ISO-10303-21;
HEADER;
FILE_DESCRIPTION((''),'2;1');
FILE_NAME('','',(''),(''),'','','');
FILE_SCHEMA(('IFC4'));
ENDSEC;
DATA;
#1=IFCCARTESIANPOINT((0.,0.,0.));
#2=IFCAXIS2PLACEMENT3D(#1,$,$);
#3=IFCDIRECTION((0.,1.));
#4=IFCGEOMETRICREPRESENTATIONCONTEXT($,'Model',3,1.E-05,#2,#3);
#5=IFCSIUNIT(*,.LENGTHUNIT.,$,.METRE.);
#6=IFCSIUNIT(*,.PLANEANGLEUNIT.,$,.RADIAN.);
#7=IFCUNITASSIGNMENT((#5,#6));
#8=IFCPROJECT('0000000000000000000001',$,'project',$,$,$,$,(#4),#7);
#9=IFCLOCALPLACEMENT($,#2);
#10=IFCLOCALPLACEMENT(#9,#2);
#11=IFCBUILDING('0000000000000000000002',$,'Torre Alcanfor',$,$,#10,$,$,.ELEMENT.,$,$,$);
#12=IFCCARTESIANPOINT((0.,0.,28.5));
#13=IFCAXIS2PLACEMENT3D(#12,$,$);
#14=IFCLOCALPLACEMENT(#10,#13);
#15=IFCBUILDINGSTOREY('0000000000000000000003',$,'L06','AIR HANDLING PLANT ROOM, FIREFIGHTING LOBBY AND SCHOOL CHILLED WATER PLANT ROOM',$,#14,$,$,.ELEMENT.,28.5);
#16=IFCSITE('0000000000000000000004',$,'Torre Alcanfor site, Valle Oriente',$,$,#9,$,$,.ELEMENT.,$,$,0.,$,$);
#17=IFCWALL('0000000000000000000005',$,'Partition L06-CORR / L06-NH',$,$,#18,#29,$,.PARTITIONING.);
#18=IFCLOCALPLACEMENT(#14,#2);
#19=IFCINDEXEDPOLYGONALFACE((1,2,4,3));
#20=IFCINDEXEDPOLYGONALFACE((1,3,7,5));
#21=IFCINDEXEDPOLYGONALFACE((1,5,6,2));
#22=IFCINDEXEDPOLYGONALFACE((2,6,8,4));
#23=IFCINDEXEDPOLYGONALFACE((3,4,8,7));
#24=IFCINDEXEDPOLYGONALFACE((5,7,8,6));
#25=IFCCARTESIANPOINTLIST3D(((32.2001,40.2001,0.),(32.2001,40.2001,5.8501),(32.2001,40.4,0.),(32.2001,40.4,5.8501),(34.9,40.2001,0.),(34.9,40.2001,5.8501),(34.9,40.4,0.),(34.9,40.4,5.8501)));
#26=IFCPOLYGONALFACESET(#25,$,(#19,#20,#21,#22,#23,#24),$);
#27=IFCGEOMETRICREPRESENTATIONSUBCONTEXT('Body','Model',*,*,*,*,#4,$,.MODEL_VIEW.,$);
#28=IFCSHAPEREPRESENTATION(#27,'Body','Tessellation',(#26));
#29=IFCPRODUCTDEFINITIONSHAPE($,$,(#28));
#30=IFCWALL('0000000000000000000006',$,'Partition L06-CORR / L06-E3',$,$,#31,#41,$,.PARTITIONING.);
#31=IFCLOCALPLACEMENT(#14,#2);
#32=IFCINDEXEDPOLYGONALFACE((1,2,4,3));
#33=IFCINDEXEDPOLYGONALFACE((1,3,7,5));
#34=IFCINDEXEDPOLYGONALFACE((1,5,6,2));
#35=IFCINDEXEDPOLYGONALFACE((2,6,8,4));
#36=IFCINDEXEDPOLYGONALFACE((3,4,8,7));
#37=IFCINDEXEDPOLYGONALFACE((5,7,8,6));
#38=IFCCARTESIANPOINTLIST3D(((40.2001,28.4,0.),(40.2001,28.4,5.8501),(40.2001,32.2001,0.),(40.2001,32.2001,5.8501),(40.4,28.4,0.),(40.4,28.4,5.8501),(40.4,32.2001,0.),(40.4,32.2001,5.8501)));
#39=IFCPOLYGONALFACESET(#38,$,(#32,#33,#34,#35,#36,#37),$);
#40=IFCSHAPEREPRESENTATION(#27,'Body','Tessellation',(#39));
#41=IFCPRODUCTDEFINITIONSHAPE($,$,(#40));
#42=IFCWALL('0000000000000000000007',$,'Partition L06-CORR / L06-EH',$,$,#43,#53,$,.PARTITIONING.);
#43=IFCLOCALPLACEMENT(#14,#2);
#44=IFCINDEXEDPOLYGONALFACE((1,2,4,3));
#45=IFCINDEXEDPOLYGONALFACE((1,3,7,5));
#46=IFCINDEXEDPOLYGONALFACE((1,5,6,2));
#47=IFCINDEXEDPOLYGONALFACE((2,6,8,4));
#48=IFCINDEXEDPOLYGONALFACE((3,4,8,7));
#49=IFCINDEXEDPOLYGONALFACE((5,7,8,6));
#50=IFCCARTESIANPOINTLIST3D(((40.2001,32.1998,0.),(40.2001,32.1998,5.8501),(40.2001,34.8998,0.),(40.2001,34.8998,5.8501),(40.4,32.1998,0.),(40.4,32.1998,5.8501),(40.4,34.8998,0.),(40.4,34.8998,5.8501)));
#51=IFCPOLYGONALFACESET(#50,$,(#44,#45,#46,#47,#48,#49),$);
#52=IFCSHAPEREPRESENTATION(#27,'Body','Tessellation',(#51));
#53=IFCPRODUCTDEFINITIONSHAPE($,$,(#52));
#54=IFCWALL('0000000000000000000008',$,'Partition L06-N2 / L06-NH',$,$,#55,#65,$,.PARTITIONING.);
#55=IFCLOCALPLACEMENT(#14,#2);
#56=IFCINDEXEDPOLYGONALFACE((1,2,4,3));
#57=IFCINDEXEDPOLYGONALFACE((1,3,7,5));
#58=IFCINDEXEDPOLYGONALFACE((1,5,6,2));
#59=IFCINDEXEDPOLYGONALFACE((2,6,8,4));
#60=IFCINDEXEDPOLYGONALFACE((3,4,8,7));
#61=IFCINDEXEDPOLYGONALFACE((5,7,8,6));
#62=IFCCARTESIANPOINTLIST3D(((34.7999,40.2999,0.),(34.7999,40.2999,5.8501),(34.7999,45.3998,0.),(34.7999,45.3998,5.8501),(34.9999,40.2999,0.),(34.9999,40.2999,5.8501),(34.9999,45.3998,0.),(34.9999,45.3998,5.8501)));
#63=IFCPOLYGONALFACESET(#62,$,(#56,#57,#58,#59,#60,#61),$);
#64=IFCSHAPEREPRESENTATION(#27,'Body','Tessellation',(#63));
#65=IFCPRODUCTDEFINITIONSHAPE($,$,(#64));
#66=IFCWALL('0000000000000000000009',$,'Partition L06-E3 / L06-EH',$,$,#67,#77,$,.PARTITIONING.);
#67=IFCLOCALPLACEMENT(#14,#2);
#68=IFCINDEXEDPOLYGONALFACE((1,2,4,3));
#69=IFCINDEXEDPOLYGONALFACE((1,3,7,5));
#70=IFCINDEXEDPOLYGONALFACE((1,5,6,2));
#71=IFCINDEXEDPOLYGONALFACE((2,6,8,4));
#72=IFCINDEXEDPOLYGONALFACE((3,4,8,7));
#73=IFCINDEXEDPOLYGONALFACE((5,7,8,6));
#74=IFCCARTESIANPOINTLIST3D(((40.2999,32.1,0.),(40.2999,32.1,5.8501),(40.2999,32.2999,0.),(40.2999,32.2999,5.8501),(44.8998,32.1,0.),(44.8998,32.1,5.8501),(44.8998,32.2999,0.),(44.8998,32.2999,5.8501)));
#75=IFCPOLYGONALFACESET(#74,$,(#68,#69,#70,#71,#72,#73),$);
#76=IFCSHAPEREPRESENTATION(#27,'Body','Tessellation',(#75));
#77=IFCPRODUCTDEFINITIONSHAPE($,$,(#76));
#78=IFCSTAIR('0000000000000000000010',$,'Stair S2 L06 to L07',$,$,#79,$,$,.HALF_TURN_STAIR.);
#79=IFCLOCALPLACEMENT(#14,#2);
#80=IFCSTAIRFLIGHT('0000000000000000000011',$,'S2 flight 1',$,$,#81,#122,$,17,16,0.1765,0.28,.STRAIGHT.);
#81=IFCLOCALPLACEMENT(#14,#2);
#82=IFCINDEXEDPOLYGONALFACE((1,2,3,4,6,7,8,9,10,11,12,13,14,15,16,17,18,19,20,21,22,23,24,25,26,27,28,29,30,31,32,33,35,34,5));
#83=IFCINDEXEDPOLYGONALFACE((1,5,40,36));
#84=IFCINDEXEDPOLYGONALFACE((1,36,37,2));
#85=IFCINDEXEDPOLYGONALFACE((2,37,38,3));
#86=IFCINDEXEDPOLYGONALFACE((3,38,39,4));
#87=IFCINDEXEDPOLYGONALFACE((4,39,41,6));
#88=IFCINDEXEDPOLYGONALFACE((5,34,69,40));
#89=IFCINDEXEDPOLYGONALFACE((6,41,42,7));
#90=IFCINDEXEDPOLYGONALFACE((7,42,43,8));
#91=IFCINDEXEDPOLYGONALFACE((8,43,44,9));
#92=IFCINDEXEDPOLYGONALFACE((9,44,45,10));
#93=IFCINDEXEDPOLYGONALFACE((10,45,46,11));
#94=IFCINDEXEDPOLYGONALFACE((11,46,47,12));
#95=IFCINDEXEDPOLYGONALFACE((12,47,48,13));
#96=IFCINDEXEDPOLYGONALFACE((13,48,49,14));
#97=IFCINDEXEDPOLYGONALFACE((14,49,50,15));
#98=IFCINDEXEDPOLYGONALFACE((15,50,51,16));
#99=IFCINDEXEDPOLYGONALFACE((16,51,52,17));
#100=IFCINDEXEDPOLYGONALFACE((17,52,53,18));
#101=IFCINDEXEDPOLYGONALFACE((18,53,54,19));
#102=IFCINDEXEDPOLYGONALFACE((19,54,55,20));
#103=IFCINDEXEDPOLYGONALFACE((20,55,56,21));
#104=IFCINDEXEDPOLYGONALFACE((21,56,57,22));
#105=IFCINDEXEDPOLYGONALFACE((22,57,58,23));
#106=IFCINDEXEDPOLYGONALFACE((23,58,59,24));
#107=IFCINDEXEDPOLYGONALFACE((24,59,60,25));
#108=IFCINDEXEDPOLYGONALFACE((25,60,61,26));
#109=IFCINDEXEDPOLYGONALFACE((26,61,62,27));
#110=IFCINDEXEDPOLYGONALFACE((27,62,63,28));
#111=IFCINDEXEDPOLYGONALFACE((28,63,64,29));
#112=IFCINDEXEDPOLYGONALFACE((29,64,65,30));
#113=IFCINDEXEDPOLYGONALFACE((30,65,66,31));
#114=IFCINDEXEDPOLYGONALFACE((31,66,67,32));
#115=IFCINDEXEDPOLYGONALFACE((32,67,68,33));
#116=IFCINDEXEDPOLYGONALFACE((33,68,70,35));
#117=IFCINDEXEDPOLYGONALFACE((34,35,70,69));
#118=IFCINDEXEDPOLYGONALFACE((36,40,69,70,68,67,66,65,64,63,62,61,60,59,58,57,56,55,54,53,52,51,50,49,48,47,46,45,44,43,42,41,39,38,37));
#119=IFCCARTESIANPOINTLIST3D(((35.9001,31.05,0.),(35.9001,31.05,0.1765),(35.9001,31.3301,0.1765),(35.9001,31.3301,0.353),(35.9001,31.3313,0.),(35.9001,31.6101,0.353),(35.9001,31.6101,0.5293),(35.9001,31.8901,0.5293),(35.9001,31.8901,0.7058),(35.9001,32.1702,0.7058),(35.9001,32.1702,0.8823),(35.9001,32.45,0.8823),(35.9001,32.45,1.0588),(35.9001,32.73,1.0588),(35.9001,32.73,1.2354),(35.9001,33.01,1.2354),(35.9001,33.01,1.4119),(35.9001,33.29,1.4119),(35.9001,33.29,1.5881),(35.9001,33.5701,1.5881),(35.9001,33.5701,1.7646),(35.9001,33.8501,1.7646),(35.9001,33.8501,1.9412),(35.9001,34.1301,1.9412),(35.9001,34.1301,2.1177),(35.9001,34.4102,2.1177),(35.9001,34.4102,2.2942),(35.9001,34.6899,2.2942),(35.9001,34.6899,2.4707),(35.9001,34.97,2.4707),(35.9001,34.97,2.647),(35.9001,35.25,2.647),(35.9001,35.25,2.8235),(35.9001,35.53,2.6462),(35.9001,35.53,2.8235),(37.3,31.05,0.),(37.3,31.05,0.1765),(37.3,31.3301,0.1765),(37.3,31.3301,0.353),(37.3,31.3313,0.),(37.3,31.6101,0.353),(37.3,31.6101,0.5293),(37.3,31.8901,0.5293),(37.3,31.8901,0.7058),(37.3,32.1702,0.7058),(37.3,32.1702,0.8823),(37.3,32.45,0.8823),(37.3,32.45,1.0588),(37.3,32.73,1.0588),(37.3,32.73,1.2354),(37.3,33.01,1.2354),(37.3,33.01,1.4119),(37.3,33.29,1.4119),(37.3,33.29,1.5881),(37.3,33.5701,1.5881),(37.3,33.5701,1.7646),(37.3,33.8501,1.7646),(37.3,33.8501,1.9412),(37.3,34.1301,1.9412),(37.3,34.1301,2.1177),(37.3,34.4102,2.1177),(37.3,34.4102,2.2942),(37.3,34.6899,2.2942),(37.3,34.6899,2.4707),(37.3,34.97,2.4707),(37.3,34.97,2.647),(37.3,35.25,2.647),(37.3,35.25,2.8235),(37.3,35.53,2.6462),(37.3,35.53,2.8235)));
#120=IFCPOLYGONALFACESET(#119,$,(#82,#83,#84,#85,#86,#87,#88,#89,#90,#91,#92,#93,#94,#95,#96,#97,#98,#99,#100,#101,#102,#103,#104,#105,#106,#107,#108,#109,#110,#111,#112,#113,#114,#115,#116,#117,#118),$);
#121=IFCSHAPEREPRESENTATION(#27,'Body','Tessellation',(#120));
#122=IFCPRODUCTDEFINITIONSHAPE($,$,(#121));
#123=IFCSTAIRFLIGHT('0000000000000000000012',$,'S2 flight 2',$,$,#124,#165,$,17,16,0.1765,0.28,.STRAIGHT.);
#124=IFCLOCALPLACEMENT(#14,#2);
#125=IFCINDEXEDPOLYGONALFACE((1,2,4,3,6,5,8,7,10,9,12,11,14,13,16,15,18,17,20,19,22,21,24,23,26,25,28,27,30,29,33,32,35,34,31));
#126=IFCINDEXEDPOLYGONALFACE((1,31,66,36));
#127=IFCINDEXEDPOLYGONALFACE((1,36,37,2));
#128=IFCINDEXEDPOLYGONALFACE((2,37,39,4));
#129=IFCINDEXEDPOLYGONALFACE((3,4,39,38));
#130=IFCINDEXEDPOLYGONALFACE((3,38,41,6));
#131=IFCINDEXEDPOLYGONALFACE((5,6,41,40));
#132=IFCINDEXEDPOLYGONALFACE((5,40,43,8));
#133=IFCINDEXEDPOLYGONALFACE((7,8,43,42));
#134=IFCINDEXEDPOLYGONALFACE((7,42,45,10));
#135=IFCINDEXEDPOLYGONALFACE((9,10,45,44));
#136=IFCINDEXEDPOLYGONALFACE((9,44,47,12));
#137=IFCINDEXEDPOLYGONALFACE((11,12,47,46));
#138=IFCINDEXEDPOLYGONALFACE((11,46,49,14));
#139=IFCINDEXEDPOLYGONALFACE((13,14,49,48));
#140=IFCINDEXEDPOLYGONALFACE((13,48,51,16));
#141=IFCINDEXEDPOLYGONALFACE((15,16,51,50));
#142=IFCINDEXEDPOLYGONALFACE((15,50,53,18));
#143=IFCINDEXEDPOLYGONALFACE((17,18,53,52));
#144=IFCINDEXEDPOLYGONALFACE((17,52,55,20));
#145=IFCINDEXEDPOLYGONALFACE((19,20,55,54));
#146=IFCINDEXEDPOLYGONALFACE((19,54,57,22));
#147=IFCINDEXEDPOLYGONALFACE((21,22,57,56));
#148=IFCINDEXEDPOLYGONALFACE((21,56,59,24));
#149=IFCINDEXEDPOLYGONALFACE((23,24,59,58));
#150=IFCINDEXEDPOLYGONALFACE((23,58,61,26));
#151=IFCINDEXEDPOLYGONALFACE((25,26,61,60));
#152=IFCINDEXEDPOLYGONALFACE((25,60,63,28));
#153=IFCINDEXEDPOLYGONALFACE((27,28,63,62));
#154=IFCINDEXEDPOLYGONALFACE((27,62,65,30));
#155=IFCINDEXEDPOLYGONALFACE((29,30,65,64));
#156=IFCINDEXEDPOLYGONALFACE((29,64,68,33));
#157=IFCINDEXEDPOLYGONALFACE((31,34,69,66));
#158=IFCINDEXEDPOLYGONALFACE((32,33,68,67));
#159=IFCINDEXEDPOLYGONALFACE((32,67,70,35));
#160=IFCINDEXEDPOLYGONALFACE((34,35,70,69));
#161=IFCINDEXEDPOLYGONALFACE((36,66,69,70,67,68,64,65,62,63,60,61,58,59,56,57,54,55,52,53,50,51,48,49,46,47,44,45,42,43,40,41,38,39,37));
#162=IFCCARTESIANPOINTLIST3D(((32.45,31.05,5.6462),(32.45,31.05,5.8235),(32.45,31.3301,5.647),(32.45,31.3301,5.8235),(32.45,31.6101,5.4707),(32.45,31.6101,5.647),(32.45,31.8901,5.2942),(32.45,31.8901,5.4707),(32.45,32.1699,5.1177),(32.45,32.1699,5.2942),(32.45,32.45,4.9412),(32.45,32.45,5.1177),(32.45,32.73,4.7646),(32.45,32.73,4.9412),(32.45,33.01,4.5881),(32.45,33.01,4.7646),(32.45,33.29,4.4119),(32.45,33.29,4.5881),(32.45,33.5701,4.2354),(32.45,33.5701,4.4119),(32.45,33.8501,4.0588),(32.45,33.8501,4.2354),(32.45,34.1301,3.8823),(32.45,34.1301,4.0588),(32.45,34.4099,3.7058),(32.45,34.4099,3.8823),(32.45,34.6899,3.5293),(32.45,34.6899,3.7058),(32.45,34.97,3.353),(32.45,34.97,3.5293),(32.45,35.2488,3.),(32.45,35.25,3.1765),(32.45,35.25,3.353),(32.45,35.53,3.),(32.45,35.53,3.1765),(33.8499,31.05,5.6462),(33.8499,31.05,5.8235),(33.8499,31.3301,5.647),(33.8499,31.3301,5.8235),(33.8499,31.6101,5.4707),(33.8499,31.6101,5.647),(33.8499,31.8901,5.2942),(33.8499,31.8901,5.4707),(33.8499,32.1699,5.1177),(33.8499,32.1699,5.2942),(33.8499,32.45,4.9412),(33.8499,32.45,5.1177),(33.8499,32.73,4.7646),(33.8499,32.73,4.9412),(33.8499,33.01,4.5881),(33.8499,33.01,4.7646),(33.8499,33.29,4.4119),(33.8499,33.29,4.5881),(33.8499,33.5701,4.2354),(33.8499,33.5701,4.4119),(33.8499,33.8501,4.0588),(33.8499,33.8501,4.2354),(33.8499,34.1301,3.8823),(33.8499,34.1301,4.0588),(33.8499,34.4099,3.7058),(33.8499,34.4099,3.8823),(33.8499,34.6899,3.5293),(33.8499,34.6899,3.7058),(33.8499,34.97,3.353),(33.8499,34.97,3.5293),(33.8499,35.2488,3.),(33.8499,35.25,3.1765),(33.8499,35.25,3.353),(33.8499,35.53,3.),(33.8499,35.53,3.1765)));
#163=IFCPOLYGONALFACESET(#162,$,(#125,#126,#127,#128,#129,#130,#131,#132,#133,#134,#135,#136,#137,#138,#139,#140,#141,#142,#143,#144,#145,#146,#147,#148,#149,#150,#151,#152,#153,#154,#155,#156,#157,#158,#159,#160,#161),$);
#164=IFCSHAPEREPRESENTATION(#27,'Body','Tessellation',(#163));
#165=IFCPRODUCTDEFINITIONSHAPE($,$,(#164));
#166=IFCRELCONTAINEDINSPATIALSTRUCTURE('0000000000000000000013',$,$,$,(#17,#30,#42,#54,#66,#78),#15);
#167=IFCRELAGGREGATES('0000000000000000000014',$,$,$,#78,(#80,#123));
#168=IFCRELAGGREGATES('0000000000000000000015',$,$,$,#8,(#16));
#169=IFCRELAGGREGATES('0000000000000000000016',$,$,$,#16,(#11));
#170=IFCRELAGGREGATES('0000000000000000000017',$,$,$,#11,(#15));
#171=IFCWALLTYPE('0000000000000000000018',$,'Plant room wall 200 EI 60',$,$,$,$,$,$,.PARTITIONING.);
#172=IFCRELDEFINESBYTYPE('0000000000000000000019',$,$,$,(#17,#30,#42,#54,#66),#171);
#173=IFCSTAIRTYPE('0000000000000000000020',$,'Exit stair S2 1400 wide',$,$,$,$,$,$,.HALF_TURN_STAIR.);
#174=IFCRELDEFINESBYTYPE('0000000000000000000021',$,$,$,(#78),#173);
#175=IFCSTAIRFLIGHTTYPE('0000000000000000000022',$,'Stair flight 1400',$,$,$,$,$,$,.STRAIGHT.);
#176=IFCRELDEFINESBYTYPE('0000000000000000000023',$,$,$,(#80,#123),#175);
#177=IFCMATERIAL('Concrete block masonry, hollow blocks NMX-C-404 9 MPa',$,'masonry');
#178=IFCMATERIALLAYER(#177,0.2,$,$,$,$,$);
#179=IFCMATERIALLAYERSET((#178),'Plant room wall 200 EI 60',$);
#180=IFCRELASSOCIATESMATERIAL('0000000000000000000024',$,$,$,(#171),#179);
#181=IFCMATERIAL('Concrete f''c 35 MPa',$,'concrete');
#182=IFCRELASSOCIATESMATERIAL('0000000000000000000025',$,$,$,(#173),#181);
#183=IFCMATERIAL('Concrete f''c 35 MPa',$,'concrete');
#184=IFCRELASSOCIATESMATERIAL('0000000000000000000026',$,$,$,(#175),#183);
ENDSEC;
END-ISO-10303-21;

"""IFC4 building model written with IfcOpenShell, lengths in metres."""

from ifc_helpers import new_model, si_unit, direction, frame, frame_2d, origin, place, context, subcontext, project, spatial, polyline, rectangle, outline, extrude, material, layer, layer_set, type_object, element, aggregate, save


model = new_model("IFC4")

# Units and contexts
model_context = context("Model", 3, precision=1e-05, world=origin(), true_north=direction((0.0, 1.0)))
body_context = subcontext(model_context, "Body", "Model", "MODEL_VIEW")
ifc_project = project(units=[si_unit("LENGTHUNIT", "METRE"), si_unit("PLANEANGLEUNIT", "RADIAN")], contexts=[model_context])

# Site, building, storey
site_placement = place(None, origin())
site = spatial("IfcSite", under=ifc_project, at=site_placement, Name="Torre Alcanfor site, Valle Oriente", CompositionType="ELEMENT", RefElevation=0.0)
building_placement = place(site_placement, origin())
building = spatial("IfcBuilding", under=site, at=building_placement, Name="Torre Alcanfor", CompositionType="ELEMENT")
storey_placement = place(building_placement, frame((0.0, 0.0, 28.5)))
storey = spatial("IfcBuildingStorey", under=building, at=storey_placement, Name="L06", Description="AIR HANDLING PLANT ROOM, FIREFIGHTING LOBBY AND SCHOOL CHILLED WATER PLANT ROOM", CompositionType="ELEMENT", Elevation=28.5)

# Shared definitions
ifc_material_1 = material(Name="Concrete block masonry, hollow blocks NMX-C-404 9 MPa", Category="masonry")
ifc_layer_1 = layer(ifc_material_1, 0.2)
ifc_layer_set_1 = layer_set([ifc_layer_1], Name="Plant room wall 200 EI 60")
wall_type_1 = type_object("IfcWallType", Name="Plant room wall 200 EI 60", PredefinedType="PARTITIONING", material=ifc_layer_set_1)

# Walls
wall_1_placement = place(storey_placement, frame((32.2, 40.3, 0.0), z_axis=(0.0, 0.0, 1.0), x_axis=(1.0, 0.0, 0.0)))
element("IfcWall", 1, at=wall_1_placement, inside=storey, type_object=wall_type_1, Name="Partition L06-CORR / L06-NH", PredefinedType="PARTITIONING", context=body_context, shape_type="SweptSolid", body=[
    extrude(rectangle(XDim=2.7, YDim=0.2, at=frame_2d((1.3501, 0.0))), origin(), (0.0, 0.0, 1.0), 5.8501),
])
wall_2_placement = place(storey_placement, frame((40.3, 32.2, 0.0), z_axis=(0.0, 0.0, 1.0), x_axis=(0.0, -1.0, 0.0)))
element("IfcWall", 2, at=wall_2_placement, inside=storey, type_object=wall_type_1, Name="Partition L06-CORR / L06-E3", PredefinedType="PARTITIONING", context=body_context, shape_type="SweptSolid", body=[
    extrude(rectangle(XDim=3.8, YDim=0.2, at=frame_2d((1.8999, 0.0))), origin(), (0.0, 0.0, 1.0), 5.8501),
])
wall_3_placement = place(storey_placement, frame((40.3, 34.8999, 0.0), z_axis=(0.0, 0.0, 1.0), x_axis=(0.0, -1.0, 0.0)))
element("IfcWall", 3, at=wall_3_placement, inside=storey, type_object=wall_type_1, Name="Partition L06-CORR / L06-EH", PredefinedType="PARTITIONING", context=body_context, shape_type="SweptSolid", body=[
    extrude(rectangle(XDim=2.7, YDim=0.2, at=frame_2d((1.3501, 0.0))), origin(), (0.0, 0.0, 1.0), 5.8501),
])
wall_4_placement = place(storey_placement, frame((34.8999, 40.3, 0.0), z_axis=(0.0, 0.0, 1.0), x_axis=(0.0, 1.0, 0.0)))
element("IfcWall", 4, at=wall_4_placement, inside=storey, type_object=wall_type_1, Name="Partition L06-N2 / L06-NH", PredefinedType="PARTITIONING", context=body_context, shape_type="SweptSolid", body=[
    extrude(rectangle(XDim=5.0999, YDim=0.2, at=frame_2d((2.5498, 0.0))), origin(), (0.0, 0.0, 1.0), 5.8501),
])
wall_5_placement = place(storey_placement, frame((40.3, 32.2, 0.0), z_axis=(0.0, 0.0, 1.0), x_axis=(1.0, 0.0, 0.0)))
element("IfcWall", 5, at=wall_5_placement, inside=storey, type_object=wall_type_1, Name="Partition L06-E3 / L06-EH", PredefinedType="PARTITIONING", context=body_context, shape_type="SweptSolid", body=[
    extrude(rectangle(XDim=4.5999, YDim=0.2, at=frame_2d((2.2998, 0.0))), origin(), (0.0, 0.0, 1.0), 5.8501),
])

# Stair, stair flights
ifc_material_2 = material(Name="Concrete f'c 35 MPa", Category="concrete")
stair_type = type_object("IfcStairType", Name="Exit stair S2 1400 wide", PredefinedType="HALF_TURN_STAIR", material=ifc_material_2)
stair_placement = place(storey_placement, origin())
stair = element("IfcStair", 6, at=stair_placement, inside=storey, type_object=stair_type, Name="Stair S2 L06 to L07", PredefinedType="HALF_TURN_STAIR")
ifc_material_3 = material(Name="Concrete f'c 35 MPa", Category="concrete")
stair_flight_type = type_object("IfcStairFlightType", Name="Stair flight 1400", PredefinedType="STRAIGHT", material=ifc_material_3)
stair_flight_1_placement = place(storey_placement, frame((36.6001, 31.05, 0.0), z_axis=(0.0, 0.0, 1.0), x_axis=(0.0, 1.0, 0.0)))
stair_flight_1 = element("IfcStairFlight", 7, at=stair_flight_1_placement, type_object=stair_flight_type, Name="S2 flight 1", NumberOfRisers=17, NumberOfTreads=16, PredefinedType="STRAIGHT", RiserHeight=0.1765, TreadLength=0.28, context=body_context, shape_type="SweptSolid", body=[
    extrude(outline(polyline([(0.0, 0.0), (0.0, 0.1765), (0.28, 0.1765), (0.28, 0.353), (0.5601, 0.353), (0.5601, 0.5293), (0.8401, 0.5293), (0.8401, 0.7058), (1.1201, 0.7058), (1.1201, 0.8823), (1.3999, 0.8823), (1.3999, 1.0588), (1.6799, 1.0588), (1.6799, 1.2354), (1.96, 1.2354), (1.96, 1.4119), (2.24, 1.4119), (2.24, 1.5881), (2.52, 1.5881), (2.52, 1.7646), (2.8, 1.7646), (2.8, 1.9412), (3.0801, 1.9412), (3.0801, 2.1177), (3.3601, 2.1177), (3.3601, 2.2942), (3.6399, 2.2942), (3.6399, 2.4707), (3.9199, 2.4707), (3.9199, 2.647), (4.2, 2.647), (4.2, 2.8235), (4.48, 2.8235), (4.48, 3.0), (4.48, 2.6462), (0.2812, 0.0), (0.0, 0.0)])), frame((0.0, 0.7, 0.0), z_axis=(0.0, -1.0, 0.0), x_axis=(1.0, 0.0, 0.0)), (0.0, 0.0, 1.0), 1.3999),
])
stair_flight_2_placement = place(storey_placement, frame((33.1499, 35.53, 3.0), z_axis=(0.0, 0.0, 1.0), x_axis=(0.0, -1.0, 0.0)))
stair_flight_2 = element("IfcStairFlight", 8, at=stair_flight_2_placement, type_object=stair_flight_type, Name="S2 flight 2", NumberOfRisers=17, NumberOfTreads=16, PredefinedType="STRAIGHT", RiserHeight=0.1765, TreadLength=0.28, context=body_context, shape_type="SweptSolid", body=[
    extrude(outline(polyline([(0.0, 0.0), (0.0, 0.1765), (0.28, 0.1765), (0.28, 0.353), (0.5601, 0.353), (0.5601, 0.5293), (0.8401, 0.5293), (0.8401, 0.7058), (1.1201, 0.7058), (1.1201, 0.8823), (1.3999, 0.8823), (1.3999, 1.0588), (1.6799, 1.0588), (1.6799, 1.2354), (1.96, 1.2354), (1.96, 1.4119), (2.24, 1.4119), (2.24, 1.5881), (2.52, 1.5881), (2.52, 1.7646), (2.8, 1.7646), (2.8, 1.9412), (3.0801, 1.9412), (3.0801, 2.1177), (3.3601, 2.1177), (3.3601, 2.2942), (3.6399, 2.2942), (3.6399, 2.4707), (3.9199, 2.4707), (3.9199, 2.647), (4.2, 2.647), (4.2, 2.8235), (4.48, 2.8235), (4.48, 3.0), (4.48, 2.6462), (0.2812, 0.0), (0.0, 0.0)])), frame((0.0, 0.7, 0.0), z_axis=(0.0, -1.0, 0.0), x_axis=(1.0, 0.0, 0.0)), (0.0, 0.0, 1.0), 1.3999),
])
aggregate(stair, [stair_flight_1, stair_flight_2])

save(model, "model.ifc")
